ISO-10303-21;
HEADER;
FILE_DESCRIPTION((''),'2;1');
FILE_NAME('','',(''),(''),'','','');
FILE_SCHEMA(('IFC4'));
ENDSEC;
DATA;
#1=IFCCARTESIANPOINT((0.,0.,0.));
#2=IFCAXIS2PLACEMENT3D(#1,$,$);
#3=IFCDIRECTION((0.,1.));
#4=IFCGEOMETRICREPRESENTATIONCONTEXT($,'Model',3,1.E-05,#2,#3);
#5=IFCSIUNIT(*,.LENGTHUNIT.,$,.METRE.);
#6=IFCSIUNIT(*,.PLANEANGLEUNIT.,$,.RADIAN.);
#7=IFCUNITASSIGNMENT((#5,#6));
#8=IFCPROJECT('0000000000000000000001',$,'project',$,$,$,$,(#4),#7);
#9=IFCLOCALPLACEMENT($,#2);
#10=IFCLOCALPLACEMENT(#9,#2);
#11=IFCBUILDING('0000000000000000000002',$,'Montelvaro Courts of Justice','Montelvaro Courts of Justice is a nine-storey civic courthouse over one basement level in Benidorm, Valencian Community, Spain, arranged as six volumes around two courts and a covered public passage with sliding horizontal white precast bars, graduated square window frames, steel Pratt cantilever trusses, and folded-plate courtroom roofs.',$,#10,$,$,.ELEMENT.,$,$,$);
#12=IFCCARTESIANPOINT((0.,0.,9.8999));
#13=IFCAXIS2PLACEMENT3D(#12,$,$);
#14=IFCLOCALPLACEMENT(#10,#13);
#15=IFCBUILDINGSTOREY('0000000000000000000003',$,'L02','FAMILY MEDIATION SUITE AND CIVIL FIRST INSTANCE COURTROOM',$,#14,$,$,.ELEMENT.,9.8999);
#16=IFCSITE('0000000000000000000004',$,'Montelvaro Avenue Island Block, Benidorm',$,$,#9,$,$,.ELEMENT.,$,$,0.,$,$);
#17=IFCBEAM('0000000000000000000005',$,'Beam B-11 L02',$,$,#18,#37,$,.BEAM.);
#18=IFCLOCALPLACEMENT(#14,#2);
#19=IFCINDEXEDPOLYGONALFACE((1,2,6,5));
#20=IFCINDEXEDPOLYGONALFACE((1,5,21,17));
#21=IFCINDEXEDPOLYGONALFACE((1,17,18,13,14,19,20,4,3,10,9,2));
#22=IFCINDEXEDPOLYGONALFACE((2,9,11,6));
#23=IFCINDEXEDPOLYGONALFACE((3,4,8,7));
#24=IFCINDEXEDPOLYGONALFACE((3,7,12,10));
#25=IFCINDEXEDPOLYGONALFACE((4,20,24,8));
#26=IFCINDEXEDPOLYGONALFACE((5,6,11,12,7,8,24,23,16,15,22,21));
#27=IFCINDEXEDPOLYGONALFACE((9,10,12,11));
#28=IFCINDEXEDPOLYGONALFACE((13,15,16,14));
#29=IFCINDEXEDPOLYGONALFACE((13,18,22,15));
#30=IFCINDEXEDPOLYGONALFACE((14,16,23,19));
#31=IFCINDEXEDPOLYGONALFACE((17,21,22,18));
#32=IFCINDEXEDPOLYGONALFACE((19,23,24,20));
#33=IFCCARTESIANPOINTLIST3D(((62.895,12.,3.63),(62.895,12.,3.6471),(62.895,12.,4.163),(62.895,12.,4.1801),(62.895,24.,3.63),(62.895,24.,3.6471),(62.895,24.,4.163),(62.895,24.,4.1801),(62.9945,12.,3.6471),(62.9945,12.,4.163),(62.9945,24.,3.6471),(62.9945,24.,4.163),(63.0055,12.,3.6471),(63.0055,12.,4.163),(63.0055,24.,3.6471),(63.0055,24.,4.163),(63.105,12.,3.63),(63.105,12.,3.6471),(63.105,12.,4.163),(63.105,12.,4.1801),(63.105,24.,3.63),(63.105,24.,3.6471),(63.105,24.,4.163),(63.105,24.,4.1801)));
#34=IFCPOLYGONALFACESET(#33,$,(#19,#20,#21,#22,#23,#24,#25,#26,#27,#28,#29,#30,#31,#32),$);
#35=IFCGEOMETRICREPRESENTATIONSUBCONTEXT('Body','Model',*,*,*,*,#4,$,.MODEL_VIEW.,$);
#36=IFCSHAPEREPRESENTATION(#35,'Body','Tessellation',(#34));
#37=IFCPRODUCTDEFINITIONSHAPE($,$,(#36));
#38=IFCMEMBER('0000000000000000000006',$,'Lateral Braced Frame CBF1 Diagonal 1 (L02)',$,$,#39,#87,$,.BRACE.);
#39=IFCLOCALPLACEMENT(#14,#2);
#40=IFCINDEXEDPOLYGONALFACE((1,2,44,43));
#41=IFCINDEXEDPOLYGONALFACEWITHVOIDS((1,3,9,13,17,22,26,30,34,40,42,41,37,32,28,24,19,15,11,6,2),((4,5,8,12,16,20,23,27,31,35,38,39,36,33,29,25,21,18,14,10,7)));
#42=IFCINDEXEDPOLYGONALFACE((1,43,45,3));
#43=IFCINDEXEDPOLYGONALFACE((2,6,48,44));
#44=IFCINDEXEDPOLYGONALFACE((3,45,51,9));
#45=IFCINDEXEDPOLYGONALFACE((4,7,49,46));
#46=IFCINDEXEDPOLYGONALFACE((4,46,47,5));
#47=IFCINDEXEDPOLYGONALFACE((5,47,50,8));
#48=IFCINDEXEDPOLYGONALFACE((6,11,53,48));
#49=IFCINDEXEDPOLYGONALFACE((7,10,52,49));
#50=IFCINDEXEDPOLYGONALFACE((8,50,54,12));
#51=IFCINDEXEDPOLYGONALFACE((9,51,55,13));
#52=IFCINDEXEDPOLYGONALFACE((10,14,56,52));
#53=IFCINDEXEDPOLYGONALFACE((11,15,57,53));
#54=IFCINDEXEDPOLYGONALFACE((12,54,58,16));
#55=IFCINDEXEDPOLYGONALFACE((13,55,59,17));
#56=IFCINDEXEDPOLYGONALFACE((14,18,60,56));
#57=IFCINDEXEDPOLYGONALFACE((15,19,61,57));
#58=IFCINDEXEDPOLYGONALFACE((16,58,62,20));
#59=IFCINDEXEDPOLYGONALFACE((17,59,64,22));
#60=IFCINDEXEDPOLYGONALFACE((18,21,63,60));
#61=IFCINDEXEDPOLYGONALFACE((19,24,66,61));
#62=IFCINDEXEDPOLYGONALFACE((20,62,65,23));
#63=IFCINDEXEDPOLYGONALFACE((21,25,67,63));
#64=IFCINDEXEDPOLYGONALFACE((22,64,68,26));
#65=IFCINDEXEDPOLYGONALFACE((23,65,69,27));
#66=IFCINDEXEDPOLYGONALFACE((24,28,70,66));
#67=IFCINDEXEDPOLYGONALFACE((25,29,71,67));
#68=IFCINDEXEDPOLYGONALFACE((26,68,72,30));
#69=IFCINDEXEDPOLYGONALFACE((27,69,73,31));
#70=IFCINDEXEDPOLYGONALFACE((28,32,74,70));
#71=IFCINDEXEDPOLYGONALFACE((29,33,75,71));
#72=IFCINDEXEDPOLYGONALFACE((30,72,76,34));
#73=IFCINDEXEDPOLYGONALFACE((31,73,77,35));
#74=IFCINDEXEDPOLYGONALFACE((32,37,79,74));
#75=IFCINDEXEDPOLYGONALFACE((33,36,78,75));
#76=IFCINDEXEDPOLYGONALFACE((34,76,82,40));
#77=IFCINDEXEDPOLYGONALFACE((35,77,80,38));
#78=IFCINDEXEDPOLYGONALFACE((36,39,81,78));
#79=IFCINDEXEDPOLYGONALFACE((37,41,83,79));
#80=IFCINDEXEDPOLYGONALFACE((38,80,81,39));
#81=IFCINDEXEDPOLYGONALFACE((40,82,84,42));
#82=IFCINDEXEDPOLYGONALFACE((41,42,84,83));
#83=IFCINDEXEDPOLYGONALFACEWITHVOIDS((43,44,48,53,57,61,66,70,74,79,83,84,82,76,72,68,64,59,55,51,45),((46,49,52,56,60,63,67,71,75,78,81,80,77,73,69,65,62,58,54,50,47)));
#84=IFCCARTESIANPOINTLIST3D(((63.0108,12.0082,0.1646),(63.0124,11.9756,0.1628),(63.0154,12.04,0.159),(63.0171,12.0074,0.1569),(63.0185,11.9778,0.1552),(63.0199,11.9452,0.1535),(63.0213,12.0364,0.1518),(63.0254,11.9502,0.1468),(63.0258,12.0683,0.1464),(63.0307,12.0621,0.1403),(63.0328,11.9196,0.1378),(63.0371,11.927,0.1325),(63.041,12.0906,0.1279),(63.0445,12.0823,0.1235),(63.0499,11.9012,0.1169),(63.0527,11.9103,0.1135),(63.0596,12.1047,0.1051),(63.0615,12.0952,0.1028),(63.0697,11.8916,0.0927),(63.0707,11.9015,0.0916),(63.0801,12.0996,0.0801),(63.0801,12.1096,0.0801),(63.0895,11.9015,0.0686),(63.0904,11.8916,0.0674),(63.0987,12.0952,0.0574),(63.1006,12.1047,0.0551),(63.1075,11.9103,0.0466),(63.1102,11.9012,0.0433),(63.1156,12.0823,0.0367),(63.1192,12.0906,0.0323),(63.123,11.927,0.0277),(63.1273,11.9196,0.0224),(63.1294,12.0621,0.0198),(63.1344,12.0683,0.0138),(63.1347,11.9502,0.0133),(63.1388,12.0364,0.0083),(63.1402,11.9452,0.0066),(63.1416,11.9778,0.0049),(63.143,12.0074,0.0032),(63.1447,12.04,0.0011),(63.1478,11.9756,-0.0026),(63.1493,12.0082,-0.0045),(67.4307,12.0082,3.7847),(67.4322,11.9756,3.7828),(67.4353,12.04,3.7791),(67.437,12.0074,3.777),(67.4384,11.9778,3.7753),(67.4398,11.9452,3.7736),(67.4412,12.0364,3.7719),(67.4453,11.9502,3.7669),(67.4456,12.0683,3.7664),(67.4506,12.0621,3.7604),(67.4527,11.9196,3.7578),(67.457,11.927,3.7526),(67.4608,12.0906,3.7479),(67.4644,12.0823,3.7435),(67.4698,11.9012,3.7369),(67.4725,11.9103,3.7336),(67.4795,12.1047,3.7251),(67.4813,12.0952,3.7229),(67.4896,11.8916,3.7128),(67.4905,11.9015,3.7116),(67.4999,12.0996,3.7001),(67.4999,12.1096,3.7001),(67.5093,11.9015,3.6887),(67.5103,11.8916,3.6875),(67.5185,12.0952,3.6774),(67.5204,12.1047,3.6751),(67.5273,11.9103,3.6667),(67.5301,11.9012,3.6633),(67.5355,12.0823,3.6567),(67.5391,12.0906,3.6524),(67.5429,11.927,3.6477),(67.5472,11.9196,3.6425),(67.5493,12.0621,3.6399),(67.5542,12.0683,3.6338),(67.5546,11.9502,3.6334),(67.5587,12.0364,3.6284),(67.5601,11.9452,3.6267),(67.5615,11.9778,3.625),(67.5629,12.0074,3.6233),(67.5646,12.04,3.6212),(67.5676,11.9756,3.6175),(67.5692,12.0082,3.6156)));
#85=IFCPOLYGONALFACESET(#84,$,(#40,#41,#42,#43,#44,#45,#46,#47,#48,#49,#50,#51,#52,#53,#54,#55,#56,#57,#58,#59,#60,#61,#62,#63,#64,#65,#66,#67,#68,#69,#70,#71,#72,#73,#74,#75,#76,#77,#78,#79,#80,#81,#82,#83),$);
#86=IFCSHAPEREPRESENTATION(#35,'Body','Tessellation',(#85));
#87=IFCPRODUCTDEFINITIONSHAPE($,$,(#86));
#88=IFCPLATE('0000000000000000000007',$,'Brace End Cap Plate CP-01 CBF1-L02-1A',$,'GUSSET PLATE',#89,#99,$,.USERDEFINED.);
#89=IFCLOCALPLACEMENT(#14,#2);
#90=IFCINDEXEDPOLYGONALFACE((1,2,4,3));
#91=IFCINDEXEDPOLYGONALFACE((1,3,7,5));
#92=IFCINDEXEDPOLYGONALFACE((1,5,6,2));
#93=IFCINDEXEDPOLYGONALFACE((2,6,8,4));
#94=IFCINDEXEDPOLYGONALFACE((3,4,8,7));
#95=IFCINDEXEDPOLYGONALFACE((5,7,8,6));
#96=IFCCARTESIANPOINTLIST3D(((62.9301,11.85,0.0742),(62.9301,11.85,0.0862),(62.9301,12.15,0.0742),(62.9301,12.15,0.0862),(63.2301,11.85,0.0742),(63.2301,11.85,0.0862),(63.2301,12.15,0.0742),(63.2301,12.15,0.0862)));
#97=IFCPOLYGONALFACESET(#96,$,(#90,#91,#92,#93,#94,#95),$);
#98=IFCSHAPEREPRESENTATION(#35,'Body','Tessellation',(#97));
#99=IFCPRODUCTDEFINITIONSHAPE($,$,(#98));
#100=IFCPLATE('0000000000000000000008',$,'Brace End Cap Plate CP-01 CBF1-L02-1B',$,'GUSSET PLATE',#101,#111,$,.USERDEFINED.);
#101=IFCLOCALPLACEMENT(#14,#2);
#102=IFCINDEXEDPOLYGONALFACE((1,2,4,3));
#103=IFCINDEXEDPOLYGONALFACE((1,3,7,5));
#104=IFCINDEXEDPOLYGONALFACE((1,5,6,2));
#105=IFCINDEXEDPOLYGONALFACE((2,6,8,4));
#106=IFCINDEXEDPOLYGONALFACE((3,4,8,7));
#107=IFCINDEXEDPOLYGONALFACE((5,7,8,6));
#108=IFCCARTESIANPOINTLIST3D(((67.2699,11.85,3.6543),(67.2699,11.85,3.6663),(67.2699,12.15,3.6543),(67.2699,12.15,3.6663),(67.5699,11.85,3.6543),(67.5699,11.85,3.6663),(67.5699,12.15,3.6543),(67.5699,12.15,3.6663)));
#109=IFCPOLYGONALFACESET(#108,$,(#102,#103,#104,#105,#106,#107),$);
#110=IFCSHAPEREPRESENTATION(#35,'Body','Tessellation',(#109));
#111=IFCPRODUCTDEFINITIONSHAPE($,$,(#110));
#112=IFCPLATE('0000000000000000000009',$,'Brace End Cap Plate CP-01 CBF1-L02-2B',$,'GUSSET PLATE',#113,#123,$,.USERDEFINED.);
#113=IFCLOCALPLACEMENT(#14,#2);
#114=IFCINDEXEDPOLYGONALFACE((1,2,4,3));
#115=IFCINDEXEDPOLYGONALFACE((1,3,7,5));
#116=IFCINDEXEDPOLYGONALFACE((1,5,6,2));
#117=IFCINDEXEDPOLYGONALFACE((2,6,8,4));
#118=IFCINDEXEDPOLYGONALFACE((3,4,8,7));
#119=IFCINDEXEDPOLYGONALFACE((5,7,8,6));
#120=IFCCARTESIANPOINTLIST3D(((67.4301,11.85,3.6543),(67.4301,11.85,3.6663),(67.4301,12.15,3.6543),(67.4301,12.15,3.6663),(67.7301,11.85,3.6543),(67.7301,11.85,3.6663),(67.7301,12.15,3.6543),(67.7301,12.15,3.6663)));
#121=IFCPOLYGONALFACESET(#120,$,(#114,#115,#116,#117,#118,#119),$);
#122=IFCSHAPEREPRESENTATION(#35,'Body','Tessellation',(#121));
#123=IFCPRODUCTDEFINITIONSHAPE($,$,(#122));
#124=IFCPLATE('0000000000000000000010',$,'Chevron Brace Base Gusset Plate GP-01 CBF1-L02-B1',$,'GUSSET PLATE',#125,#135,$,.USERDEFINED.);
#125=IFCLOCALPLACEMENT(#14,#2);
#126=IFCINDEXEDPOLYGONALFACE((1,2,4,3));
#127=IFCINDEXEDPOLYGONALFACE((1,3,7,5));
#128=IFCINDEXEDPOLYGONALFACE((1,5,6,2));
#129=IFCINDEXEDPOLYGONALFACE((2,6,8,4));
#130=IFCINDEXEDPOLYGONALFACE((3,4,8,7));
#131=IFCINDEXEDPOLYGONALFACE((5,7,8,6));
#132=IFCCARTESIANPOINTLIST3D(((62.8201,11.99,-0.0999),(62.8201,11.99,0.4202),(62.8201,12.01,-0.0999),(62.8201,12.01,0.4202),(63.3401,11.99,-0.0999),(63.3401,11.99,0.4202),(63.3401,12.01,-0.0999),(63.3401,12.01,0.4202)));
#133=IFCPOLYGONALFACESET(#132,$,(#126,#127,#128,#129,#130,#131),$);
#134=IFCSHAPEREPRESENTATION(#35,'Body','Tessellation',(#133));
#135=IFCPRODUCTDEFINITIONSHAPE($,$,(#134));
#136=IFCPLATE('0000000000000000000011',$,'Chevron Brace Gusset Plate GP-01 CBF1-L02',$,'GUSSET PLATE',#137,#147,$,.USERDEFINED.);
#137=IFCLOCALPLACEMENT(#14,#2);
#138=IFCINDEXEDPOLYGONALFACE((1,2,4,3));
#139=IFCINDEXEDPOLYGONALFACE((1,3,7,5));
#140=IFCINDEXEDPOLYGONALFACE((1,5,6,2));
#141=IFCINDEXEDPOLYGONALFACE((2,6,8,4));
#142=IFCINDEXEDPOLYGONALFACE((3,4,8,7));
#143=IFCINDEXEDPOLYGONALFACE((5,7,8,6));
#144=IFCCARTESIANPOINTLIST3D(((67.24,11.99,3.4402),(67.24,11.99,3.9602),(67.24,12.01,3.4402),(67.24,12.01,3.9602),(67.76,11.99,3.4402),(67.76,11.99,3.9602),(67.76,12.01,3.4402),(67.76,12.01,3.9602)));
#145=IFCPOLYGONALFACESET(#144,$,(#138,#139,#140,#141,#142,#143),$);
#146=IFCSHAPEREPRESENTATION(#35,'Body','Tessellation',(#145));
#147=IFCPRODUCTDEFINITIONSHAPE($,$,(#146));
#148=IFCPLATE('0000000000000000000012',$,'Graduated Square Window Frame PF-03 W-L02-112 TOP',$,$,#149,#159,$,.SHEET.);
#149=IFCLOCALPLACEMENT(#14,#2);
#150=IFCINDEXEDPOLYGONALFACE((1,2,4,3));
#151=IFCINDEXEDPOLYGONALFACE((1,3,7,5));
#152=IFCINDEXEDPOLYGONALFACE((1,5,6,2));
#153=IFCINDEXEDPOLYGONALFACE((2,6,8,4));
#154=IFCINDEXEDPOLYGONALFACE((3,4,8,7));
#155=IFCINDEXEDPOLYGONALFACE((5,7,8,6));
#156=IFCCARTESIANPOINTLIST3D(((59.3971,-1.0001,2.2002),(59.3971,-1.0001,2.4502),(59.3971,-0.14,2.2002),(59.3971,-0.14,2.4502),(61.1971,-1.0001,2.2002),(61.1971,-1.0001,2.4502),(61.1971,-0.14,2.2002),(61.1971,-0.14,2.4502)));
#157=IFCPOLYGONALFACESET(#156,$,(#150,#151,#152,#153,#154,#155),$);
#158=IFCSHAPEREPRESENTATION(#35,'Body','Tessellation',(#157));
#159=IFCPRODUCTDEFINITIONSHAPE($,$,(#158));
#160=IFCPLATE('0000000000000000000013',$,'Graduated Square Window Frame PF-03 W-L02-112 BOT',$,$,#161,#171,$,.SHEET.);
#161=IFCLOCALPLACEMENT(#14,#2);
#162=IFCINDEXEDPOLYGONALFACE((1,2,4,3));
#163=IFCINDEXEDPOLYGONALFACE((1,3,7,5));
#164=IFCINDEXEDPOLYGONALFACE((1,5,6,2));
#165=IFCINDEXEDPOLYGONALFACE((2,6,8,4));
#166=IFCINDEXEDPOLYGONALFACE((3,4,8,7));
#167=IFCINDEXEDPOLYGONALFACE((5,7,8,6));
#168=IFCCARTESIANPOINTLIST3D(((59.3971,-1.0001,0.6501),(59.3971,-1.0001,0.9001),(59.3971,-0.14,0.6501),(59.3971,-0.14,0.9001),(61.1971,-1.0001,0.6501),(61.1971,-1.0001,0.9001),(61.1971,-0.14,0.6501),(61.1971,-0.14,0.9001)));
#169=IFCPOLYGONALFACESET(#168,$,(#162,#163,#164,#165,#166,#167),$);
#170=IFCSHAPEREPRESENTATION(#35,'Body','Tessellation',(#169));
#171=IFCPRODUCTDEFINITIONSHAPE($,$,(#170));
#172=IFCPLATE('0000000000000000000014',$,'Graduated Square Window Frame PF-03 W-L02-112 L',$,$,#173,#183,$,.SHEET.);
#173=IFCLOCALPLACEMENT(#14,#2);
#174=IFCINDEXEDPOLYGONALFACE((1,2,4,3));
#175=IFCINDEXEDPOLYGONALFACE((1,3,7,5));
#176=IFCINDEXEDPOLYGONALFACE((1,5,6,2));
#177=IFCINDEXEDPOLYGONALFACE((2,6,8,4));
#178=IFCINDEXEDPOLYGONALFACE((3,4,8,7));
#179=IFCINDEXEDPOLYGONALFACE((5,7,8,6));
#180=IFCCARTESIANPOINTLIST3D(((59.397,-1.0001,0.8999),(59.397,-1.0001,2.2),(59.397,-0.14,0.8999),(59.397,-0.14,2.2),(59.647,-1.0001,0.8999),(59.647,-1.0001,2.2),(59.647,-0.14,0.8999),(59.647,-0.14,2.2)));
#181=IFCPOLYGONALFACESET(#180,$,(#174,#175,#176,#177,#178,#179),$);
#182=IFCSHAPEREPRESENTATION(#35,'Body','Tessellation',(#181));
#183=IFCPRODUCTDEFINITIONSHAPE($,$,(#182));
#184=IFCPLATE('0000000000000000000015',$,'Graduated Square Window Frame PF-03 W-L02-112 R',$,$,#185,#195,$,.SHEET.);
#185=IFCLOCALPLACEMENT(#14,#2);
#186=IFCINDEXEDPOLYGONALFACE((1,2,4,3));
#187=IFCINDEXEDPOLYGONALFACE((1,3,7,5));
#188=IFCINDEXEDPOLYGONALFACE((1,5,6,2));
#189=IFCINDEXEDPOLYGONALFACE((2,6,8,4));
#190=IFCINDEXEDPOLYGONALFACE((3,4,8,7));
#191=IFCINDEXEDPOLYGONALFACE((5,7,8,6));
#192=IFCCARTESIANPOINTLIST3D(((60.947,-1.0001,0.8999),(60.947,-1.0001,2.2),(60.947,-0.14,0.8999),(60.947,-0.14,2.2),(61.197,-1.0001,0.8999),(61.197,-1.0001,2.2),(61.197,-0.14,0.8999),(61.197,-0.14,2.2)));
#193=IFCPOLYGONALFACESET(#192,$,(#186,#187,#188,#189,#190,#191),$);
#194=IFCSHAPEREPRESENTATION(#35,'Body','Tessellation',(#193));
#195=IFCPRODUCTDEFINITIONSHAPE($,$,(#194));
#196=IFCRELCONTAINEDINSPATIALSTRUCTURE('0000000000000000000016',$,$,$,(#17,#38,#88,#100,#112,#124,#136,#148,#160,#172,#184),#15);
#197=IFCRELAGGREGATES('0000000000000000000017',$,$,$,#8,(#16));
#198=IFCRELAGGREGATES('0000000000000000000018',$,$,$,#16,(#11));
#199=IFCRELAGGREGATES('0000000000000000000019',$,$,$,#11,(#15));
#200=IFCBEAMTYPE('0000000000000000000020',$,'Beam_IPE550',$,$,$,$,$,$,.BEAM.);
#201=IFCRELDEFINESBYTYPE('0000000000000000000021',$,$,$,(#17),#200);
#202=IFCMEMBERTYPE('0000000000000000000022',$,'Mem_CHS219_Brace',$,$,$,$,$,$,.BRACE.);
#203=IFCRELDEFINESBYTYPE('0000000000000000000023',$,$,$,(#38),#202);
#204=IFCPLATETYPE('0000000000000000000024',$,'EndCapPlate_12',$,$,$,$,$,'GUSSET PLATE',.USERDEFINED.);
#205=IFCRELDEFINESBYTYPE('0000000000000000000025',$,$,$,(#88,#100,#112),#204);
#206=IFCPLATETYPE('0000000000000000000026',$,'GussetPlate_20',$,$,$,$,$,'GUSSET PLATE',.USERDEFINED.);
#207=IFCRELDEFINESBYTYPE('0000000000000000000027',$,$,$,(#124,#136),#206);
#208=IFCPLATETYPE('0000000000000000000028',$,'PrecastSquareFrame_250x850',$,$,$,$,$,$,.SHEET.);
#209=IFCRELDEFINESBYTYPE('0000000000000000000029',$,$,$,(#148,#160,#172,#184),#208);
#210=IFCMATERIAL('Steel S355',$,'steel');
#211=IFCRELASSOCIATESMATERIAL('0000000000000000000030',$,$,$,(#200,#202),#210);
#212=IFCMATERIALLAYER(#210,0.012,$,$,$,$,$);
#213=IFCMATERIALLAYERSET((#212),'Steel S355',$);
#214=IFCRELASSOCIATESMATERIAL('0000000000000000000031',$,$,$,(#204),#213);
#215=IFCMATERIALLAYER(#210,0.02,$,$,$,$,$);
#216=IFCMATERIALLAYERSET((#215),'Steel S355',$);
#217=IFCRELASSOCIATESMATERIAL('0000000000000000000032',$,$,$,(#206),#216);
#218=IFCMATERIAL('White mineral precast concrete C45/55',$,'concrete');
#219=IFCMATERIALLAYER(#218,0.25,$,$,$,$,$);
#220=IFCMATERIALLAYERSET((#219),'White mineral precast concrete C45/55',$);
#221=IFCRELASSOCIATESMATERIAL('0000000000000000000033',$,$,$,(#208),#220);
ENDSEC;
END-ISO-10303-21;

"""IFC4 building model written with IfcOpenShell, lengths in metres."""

from ifc_helpers import new_model, si_unit, direction, frame, origin, origin_2d, place, context, subcontext, project, spatial, rectangle, hollow_circle, i_section, extrude, material, layer, layer_set, material_profile, profile_set, type_object, element, save


model = new_model("IFC4")

# Units and contexts
model_context = context("Model", 3, precision=1e-05, world=origin(), true_north=direction((0.0, 1.0)))
body_context = subcontext(model_context, "Body", "Model", "MODEL_VIEW")
ifc_project = project(units=[si_unit("LENGTHUNIT", "METRE"), si_unit("PLANEANGLEUNIT", "RADIAN")], contexts=[model_context])

# Site, building, storey
site_placement = place(None, origin())
site = spatial("IfcSite", under=ifc_project, at=site_placement, Name="Montelvaro Avenue Island Block, Benidorm", CompositionType="ELEMENT", RefElevation=0.0)
building_placement = place(site_placement, origin())
building = spatial("IfcBuilding", under=site, at=building_placement, Name="Montelvaro Courts of Justice", Description="Montelvaro Courts of Justice is a nine-storey civic courthouse over one basement level in Benidorm, Valencian Community, Spain, arranged as six volumes around two courts and a covered public passage with sliding horizontal white precast bars, graduated square window frames, steel Pratt cantilever trusses, and folded-plate courtroom roofs.", CompositionType="ELEMENT")
storey_placement = place(building_placement, frame((0.0, 0.0, 9.8999)))
storey = spatial("IfcBuildingStorey", under=building, at=storey_placement, Name="L02", Description="FAMILY MEDIATION SUITE AND CIVIL FIRST INSTANCE COURTROOM", CompositionType="ELEMENT", Elevation=9.8999)

# Shared definitions
ifc_material_1 = material(Name="Steel S355", Category="steel")

# Beam
ifc_material_profile_1 = material_profile(ifc_material_1, i_section(OverallWidth=0.21, OverallDepth=0.55, WebThickness=0.011, FlangeThickness=0.0171, at=origin_2d()), Name="IPE 550")
ifc_profile_set_1 = profile_set([ifc_material_profile_1], Name="Steel S355")
beam_type_1 = type_object("IfcBeamType", Name="Beam_IPE550", PredefinedType="BEAM", material=ifc_profile_set_1)
for number, where, z_axis, x_axis, name in (
    (1, (63.0, 12.0, 3.905), (0.0, 1.0, 0.0), (-1.0, 0.0, 0.0), "Beam B-11 L02"),
):
    element("IfcBeam", number, at=place(storey_placement, frame(where, z_axis=z_axis, x_axis=x_axis)), inside=storey, type_object=beam_type_1, Name=name, PredefinedType="BEAM", context=body_context, shape_type="SweptSolid", body=[
        extrude(i_section(OverallWidth=0.21, OverallDepth=0.55, WebThickness=0.011, FlangeThickness=0.0171, at=origin_2d()), origin(), (0.0, 0.0, 1.0), 12.0),
    ])

# Member
ifc_material_profile_2 = material_profile(ifc_material_1, hollow_circle(Radius=0.1096, WallThickness=0.01, at=origin_2d()), Name="CHS 219.1x10")
ifc_profile_set_2 = profile_set([ifc_material_profile_2], Name="Steel S355")
member_type = type_object("IfcMemberType", Name="Mem_CHS219_Brace", PredefinedType="BRACE", material=ifc_profile_set_2)
member_placement = place(storey_placement, frame((63.0801, 12.0, 0.0801), z_axis=(0.77363, 0.0, 0.633638), x_axis=(0.0, 1.0, 0.0)))
element("IfcMember", 2, at=member_placement, inside=storey, type_object=member_type, Name="Lateral Braced Frame CBF1 Diagonal 1 (L02)", PredefinedType="BRACE", context=body_context, shape_type="SweptSolid", body=[
    extrude(hollow_circle(Radius=0.1096, WallThickness=0.01, at=origin_2d()), origin(), (0.0, 0.0, 1.0), 5.7131),
])

# Plates
ifc_layer_1 = layer(ifc_material_1, 0.012)
ifc_layer_set_1 = layer_set([ifc_layer_1], Name="Steel S355")
plate_type_1 = type_object("IfcPlateType", Name="EndCapPlate_12", ElementType="GUSSET PLATE", PredefinedType="USERDEFINED", material=ifc_layer_set_1)
for number, where, z_axis, x_axis, name in (
    (3, (63.0801, 12.0, 0.0742), (0.0, 0.0, 1.0), (1.0, 0.0, 0.0), "Brace End Cap Plate CP-01 CBF1-L02-1A"),
    (4, (67.4199, 12.0, 3.6543), (0.0, 0.0, 1.0), (1.0, 0.0, 0.0), "Brace End Cap Plate CP-01 CBF1-L02-1B"),
    (5, (67.5801, 12.0, 3.6543), (0.0, 0.0, 1.0), (1.0, 0.0, 0.0), "Brace End Cap Plate CP-01 CBF1-L02-2B"),
):
    element("IfcPlate", number, at=place(storey_placement, frame(where, z_axis=z_axis, x_axis=x_axis)), inside=storey, type_object=plate_type_1, Name=name, ObjectType="GUSSET PLATE", PredefinedType="USERDEFINED", context=body_context, shape_type="SweptSolid", body=[
        extrude(rectangle(XDim=0.3, YDim=0.3, at=origin_2d()), origin(), (0.0, 0.0, 1.0), 0.012),
    ])
ifc_layer_2 = layer(ifc_material_1, 0.02)
ifc_layer_set_2 = layer_set([ifc_layer_2], Name="Steel S355")
plate_type_2 = type_object("IfcPlateType", Name="GussetPlate_20", ElementType="GUSSET PLATE", PredefinedType="USERDEFINED", material=ifc_layer_set_2)
for number, where, z_axis, x_axis, name in (
    (6, (63.0801, 12.0, -0.0999), (0.0, 0.0, 1.0), (1.0, 0.0, 0.0), "Chevron Brace Base Gusset Plate GP-01 CBF1-L02-B1"),
    (7, (67.5, 12.0, 3.4402), (0.0, 0.0, 1.0), (1.0, 0.0, 0.0), "Chevron Brace Gusset Plate GP-01 CBF1-L02"),
):
    element("IfcPlate", number, at=place(storey_placement, frame(where, z_axis=z_axis, x_axis=x_axis)), inside=storey, type_object=plate_type_2, Name=name, ObjectType="GUSSET PLATE", PredefinedType="USERDEFINED", context=body_context, shape_type="SweptSolid", body=[
        extrude(rectangle(XDim=0.52, YDim=0.02, at=origin_2d()), origin(), (0.0, 0.0, 1.0), 0.52),
    ])
ifc_material_2 = material(Name="White mineral precast concrete C45/55", Category="concrete")
ifc_layer_3 = layer(ifc_material_2, 0.25)
ifc_layer_set_3 = layer_set([ifc_layer_3], Name="White mineral precast concrete C45/55")
plate_type_3 = type_object("IfcPlateType", Name="PrecastSquareFrame_250x850", PredefinedType="SHEET", material=ifc_layer_set_3)
for number, where, z_axis, x_axis, name in (
    (8, (60.2971, -0.5701, 2.2002), (0.0, 0.0, 1.0), (1.0, 0.0, 0.0), "Graduated Square Window Frame PF-03 W-L02-112 TOP"),
    (9, (60.2971, -0.5701, 0.6501), (0.0, 0.0, 1.0), (1.0, 0.0, 0.0), "Graduated Square Window Frame PF-03 W-L02-112 BOT"),
):
    element("IfcPlate", number, at=place(storey_placement, frame(where, z_axis=z_axis, x_axis=x_axis)), inside=storey, type_object=plate_type_3, Name=name, PredefinedType="SHEET", context=body_context, shape_type="SweptSolid", body=[
        extrude(rectangle(XDim=1.8, YDim=0.8601, at=origin_2d()), origin(), (0.0, 0.0, 1.0), 0.25),
    ])
for number, where, z_axis, x_axis, name in (
    (10, (59.522, -0.5701, 0.8999), (0.0, 0.0, 1.0), (1.0, 0.0, 0.0), "Graduated Square Window Frame PF-03 W-L02-112 L"),
    (11, (61.072, -0.5701, 0.8999), (0.0, 0.0, 1.0), (1.0, 0.0, 0.0), "Graduated Square Window Frame PF-03 W-L02-112 R"),
):
    element("IfcPlate", number, at=place(storey_placement, frame(where, z_axis=z_axis, x_axis=x_axis)), inside=storey, type_object=plate_type_3, Name=name, PredefinedType="SHEET", context=body_context, shape_type="SweptSolid", body=[
        extrude(rectangle(XDim=0.25, YDim=0.8601, at=origin_2d()), origin(), (0.0, 0.0, 1.0), 1.3),
    ])

save(model, "model.ifc")
